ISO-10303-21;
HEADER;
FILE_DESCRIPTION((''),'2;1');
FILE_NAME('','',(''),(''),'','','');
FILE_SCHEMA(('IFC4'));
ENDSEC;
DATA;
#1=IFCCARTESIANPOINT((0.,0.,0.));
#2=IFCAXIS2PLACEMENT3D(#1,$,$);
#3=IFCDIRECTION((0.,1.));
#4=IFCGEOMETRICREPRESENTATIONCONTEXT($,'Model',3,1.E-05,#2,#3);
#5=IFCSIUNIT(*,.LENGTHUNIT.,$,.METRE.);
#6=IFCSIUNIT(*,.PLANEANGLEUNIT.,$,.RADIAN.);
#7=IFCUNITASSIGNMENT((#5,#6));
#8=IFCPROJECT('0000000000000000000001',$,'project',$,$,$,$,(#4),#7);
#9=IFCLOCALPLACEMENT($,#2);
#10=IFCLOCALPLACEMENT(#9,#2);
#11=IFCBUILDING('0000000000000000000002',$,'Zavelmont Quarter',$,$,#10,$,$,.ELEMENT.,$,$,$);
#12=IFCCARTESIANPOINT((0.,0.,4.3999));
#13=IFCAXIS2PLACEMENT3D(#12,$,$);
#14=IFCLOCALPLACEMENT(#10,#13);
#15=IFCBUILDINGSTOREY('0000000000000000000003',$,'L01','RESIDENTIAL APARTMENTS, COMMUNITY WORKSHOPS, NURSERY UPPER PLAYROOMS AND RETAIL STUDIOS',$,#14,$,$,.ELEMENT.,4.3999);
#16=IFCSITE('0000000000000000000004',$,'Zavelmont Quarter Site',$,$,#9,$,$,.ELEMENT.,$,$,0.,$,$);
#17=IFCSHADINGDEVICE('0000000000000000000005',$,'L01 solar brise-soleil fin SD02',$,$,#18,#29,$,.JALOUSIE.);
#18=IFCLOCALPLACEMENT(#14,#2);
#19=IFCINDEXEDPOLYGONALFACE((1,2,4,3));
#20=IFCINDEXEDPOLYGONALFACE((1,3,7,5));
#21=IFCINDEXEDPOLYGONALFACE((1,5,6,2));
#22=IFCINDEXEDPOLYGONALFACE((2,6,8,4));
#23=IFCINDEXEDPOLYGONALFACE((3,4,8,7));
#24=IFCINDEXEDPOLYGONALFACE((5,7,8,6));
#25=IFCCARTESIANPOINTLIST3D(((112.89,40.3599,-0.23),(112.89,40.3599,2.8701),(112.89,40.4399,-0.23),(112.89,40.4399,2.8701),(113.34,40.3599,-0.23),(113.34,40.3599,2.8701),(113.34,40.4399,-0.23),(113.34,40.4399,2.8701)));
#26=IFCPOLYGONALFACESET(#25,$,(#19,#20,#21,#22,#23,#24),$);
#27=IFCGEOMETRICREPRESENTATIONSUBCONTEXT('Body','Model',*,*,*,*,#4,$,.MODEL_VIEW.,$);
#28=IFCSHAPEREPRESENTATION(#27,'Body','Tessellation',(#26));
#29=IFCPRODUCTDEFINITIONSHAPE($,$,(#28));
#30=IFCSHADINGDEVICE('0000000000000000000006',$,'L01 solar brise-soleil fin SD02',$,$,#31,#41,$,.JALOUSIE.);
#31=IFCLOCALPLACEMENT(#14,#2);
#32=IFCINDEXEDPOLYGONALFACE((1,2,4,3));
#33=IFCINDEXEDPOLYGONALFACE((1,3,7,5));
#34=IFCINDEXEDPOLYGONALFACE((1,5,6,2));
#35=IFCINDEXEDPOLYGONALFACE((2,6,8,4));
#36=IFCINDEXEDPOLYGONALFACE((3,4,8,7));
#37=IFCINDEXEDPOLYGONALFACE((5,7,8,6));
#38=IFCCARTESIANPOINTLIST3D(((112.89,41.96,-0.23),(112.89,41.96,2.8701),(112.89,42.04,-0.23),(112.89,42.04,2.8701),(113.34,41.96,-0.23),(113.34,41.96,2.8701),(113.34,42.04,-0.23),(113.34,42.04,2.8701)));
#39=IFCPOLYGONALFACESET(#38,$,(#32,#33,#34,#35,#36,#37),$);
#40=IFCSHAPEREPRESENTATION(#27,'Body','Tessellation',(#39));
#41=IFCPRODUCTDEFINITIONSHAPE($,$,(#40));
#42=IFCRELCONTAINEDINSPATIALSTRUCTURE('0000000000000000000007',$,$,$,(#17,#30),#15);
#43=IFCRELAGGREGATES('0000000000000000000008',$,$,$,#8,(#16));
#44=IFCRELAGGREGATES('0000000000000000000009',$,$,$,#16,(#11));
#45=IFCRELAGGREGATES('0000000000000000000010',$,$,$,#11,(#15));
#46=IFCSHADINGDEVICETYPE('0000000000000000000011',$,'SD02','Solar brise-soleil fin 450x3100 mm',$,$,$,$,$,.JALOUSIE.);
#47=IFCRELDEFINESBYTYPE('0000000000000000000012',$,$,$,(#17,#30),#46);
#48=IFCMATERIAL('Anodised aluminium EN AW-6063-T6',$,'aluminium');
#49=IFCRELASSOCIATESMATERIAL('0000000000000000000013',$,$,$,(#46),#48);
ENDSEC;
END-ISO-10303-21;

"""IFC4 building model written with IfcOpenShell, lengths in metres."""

from ifc_helpers import new_model, si_unit, direction, frame, origin, origin_2d, place, context, subcontext, project, spatial, rectangle, extrude, material, type_object, element, save


model = new_model("IFC4")

# Units and contexts
model_context = context("Model", 3, precision=1e-05, world=origin(), true_north=direction((0.0, 1.0)))
body_context = subcontext(model_context, "Body", "Model", "MODEL_VIEW")
ifc_project = project(units=[si_unit("LENGTHUNIT", "METRE"), si_unit("PLANEANGLEUNIT", "RADIAN")], contexts=[model_context])

# Site, building, storey
site_placement = place(None, origin())
site = spatial("IfcSite", under=ifc_project, at=site_placement, Name="Zavelmont Quarter Site", CompositionType="ELEMENT", RefElevation=0.0)
building_placement = place(site_placement, origin())
building = spatial("IfcBuilding", under=site, at=building_placement, Name="Zavelmont Quarter", CompositionType="ELEMENT")
storey_placement = place(building_placement, frame((0.0, 0.0, 4.3999)))
storey = spatial("IfcBuildingStorey", under=building, at=storey_placement, Name="L01", Description="RESIDENTIAL APARTMENTS, COMMUNITY WORKSHOPS, NURSERY UPPER PLAYROOMS AND RETAIL STUDIOS", CompositionType="ELEMENT", Elevation=4.3999)

# Shading devices
ifc_material_1 = material(Name="Anodised aluminium EN AW-6063-T6", Category="aluminium")
shading_device_type = type_object("IfcShadingDeviceType", Name="SD02", Description="Solar brise-soleil fin 450x3100 mm", PredefinedType="JALOUSIE", material=ifc_material_1)
for number, where, z_axis, x_axis, name in (
    (1, (113.115, 40.3999, -0.23), (0.0, 0.0, 1.0), (0.0, 1.0, 0.0), "L01 solar brise-soleil fin SD02"),
    (2, (113.115, 42.0, -0.23), (0.0, 0.0, 1.0), (0.0, 1.0, 0.0), "L01 solar brise-soleil fin SD02"),
):
    element("IfcShadingDevice", number, at=place(storey_placement, frame(where, z_axis=z_axis, x_axis=x_axis)), inside=storey, type_object=shading_device_type, Name=name, PredefinedType="JALOUSIE", context=body_context, shape_type="SweptSolid", body=[
        extrude(rectangle(XDim=0.0801, YDim=0.45, at=origin_2d()), origin(), (0.0, 0.0, 1.0), 3.1001),
    ])

save(model, "model.ifc")
